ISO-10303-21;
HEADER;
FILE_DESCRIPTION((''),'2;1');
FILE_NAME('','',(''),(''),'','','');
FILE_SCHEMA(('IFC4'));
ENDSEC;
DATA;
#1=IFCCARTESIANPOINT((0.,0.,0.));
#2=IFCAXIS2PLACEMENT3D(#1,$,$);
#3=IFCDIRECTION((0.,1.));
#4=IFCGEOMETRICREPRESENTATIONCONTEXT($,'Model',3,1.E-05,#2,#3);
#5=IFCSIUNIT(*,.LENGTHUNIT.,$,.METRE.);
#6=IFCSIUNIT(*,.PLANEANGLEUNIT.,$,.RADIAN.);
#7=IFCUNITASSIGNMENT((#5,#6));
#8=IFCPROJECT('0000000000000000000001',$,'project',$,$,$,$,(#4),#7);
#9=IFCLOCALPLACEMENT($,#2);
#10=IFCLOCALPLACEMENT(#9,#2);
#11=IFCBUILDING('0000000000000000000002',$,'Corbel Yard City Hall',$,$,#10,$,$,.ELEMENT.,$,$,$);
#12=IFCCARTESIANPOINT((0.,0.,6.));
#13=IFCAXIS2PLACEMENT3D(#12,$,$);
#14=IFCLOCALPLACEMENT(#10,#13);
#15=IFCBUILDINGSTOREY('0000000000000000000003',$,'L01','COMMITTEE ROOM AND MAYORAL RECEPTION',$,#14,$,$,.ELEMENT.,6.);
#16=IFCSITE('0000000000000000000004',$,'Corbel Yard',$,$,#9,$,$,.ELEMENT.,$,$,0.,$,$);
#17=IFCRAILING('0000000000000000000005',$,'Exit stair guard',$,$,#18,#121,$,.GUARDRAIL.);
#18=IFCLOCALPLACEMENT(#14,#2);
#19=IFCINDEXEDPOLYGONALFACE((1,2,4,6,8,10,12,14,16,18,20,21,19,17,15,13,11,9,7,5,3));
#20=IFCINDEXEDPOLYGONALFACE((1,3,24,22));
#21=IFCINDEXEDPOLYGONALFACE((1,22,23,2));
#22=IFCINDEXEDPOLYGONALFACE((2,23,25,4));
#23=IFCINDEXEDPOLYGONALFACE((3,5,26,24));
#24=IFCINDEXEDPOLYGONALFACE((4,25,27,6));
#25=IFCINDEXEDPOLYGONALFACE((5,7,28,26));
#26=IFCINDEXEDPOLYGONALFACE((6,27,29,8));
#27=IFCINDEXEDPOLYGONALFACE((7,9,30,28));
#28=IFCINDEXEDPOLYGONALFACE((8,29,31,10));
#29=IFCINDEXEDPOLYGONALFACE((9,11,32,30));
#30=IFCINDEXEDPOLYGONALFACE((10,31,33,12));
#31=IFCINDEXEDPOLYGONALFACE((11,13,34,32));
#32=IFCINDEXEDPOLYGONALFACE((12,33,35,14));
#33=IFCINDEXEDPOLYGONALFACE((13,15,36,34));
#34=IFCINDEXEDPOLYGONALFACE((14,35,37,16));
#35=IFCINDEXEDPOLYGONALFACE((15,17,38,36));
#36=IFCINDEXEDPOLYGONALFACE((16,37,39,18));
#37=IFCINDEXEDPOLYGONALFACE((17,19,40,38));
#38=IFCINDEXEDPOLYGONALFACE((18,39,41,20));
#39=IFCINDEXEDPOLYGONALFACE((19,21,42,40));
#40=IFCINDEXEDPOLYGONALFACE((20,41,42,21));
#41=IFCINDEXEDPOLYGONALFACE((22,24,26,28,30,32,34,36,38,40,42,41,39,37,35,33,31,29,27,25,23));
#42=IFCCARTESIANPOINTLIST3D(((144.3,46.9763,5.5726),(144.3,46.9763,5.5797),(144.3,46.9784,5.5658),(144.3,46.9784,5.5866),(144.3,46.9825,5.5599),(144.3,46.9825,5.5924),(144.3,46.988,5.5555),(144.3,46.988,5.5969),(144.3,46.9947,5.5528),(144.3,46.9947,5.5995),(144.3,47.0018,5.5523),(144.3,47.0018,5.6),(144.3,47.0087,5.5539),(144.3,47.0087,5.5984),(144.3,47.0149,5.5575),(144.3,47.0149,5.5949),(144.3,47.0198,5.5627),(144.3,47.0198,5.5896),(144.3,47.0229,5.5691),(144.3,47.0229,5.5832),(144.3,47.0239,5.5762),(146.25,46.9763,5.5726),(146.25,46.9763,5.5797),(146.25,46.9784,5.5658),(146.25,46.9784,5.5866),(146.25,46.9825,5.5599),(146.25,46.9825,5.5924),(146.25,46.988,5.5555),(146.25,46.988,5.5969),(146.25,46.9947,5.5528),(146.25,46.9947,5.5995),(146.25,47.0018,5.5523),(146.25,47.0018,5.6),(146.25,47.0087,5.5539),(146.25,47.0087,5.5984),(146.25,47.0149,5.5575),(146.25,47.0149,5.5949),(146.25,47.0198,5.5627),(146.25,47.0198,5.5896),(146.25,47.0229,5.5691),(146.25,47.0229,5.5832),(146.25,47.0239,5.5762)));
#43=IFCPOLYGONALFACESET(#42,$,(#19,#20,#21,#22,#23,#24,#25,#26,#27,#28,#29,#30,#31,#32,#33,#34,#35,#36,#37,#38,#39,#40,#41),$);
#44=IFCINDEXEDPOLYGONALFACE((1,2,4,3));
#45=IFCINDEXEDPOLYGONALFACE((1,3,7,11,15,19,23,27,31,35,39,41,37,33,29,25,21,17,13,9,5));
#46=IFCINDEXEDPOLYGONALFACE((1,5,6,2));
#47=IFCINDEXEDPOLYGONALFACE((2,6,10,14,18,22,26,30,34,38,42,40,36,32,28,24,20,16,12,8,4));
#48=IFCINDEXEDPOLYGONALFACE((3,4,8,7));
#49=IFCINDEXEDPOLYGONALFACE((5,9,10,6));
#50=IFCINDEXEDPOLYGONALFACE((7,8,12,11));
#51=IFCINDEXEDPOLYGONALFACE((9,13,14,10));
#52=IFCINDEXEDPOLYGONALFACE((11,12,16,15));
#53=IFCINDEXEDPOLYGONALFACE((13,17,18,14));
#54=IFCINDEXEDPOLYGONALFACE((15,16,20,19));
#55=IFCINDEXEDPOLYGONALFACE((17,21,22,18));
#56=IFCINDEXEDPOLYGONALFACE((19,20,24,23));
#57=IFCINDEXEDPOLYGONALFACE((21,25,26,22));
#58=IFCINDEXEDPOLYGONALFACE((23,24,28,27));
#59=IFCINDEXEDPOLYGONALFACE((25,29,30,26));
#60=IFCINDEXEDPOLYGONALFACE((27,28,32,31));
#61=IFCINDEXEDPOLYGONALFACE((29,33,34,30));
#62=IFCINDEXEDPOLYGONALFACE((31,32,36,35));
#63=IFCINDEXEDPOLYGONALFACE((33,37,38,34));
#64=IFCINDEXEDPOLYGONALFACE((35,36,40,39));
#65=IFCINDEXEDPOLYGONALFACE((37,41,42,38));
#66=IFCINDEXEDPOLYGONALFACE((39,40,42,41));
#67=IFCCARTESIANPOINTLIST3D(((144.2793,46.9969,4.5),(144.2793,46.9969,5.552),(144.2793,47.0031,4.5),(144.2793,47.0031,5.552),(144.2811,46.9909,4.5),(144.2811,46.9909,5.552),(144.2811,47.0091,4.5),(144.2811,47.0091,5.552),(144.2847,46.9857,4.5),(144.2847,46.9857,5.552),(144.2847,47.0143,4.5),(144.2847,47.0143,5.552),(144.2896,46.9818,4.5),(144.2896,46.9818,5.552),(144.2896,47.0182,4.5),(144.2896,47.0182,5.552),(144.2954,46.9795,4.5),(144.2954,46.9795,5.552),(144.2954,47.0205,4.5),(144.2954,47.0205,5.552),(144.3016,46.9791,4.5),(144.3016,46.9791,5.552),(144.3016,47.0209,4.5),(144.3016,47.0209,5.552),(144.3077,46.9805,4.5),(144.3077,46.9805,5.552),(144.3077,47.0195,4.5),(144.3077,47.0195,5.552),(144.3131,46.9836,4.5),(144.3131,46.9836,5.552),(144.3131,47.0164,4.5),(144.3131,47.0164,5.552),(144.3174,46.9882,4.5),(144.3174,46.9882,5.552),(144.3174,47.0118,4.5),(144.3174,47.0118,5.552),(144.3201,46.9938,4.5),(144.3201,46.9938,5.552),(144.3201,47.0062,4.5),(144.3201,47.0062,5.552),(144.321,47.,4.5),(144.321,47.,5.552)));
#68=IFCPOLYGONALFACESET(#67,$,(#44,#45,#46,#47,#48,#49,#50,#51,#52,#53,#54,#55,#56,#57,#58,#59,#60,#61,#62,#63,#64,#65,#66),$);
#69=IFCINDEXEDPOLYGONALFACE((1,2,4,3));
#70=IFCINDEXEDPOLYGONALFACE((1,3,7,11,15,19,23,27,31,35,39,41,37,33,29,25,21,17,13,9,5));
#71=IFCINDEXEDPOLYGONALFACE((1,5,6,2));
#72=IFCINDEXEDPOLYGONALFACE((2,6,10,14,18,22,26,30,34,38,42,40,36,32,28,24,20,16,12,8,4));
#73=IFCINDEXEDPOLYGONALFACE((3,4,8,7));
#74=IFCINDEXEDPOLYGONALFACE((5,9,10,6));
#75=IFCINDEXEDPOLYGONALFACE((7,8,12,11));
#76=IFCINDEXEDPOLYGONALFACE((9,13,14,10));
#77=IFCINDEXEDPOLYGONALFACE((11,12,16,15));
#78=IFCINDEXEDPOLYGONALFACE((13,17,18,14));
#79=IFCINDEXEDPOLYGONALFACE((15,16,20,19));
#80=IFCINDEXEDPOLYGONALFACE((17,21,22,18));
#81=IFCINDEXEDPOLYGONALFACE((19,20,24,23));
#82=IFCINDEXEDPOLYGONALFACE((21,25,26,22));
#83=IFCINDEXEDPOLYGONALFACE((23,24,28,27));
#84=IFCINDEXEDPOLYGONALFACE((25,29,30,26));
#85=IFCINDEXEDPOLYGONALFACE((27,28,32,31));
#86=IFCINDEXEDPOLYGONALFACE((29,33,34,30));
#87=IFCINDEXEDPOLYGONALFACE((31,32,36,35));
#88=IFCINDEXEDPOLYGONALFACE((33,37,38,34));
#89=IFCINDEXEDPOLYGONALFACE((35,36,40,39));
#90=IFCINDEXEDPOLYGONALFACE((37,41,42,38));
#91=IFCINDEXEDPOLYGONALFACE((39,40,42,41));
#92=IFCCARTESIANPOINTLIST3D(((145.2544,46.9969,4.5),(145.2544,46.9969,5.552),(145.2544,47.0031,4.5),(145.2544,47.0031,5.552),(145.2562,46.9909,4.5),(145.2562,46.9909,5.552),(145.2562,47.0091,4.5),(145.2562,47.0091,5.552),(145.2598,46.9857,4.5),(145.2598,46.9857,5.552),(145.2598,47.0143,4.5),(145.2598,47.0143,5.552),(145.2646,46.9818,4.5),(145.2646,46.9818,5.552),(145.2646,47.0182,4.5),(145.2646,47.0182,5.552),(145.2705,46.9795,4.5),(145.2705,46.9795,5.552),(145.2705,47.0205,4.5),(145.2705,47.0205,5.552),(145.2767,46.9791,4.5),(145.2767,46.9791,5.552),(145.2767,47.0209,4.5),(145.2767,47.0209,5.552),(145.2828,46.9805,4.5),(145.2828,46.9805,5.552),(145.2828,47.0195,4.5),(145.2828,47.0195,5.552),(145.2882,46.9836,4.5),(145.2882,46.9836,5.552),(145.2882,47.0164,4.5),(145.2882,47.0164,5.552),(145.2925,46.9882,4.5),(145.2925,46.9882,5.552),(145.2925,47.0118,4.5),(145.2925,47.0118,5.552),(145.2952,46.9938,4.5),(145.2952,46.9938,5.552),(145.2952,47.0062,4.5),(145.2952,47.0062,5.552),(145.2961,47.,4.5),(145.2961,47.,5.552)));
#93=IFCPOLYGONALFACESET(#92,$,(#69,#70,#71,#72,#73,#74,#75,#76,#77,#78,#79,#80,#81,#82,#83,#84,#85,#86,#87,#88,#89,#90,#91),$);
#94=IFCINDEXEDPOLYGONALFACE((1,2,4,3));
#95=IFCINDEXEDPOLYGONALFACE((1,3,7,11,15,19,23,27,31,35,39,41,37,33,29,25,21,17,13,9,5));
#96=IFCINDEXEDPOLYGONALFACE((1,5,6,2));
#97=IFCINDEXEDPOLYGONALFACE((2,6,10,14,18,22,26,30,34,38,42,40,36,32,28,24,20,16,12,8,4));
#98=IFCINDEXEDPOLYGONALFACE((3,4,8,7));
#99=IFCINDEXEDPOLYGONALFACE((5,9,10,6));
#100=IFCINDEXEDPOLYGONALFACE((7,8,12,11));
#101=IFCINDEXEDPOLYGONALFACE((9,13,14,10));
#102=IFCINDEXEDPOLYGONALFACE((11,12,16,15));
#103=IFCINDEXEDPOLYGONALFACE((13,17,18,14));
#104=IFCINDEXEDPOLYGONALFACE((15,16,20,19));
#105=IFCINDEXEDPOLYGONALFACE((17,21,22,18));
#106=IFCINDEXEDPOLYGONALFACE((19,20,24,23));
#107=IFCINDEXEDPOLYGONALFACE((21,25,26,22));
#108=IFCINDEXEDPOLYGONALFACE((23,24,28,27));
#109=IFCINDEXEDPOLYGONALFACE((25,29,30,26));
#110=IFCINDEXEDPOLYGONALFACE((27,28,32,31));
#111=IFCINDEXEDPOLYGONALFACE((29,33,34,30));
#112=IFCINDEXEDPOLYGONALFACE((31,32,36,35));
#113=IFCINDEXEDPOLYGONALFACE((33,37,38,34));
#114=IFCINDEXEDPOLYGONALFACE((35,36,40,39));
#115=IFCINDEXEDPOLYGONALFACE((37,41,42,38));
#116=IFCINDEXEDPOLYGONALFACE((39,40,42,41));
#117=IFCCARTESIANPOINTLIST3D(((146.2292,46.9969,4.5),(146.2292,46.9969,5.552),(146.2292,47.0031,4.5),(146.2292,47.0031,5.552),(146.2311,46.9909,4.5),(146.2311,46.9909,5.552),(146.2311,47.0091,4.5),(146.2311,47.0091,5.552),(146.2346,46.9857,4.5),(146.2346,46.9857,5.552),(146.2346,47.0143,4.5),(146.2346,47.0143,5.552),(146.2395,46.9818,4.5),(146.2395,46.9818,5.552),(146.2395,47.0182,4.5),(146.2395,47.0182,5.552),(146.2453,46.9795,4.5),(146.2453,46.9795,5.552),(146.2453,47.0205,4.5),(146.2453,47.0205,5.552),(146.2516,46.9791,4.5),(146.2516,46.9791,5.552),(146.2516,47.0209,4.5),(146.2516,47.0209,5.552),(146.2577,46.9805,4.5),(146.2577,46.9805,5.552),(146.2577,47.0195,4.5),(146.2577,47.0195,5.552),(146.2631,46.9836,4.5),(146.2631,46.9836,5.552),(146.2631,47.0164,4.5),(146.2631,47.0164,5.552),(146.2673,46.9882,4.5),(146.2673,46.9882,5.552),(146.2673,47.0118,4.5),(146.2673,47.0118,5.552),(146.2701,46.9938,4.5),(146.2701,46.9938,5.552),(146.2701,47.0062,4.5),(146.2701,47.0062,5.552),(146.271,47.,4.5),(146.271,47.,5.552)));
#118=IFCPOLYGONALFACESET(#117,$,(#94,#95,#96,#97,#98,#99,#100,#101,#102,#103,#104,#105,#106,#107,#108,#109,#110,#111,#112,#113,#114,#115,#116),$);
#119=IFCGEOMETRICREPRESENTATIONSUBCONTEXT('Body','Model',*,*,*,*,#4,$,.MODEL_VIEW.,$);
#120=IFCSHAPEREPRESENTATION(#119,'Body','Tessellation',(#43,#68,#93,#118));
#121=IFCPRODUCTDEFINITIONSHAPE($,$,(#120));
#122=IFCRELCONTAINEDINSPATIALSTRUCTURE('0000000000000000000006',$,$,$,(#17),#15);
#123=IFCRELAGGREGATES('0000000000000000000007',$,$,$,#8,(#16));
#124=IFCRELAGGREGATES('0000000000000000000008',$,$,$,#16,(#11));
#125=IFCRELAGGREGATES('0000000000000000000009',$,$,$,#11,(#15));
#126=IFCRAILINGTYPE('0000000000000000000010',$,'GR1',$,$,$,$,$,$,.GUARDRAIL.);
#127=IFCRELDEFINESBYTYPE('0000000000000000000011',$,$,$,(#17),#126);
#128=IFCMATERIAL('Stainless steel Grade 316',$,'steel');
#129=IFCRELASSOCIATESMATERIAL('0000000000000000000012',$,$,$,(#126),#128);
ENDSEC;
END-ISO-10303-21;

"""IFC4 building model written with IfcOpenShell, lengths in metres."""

from ifc_helpers import new_model, si_unit, direction, frame, origin, origin_2d, place, context, subcontext, project, spatial, circle, extrude, material, type_object, element, save


model = new_model("IFC4")

# Units and contexts
model_context = context("Model", 3, precision=1e-05, world=origin(), true_north=direction((0.0, 1.0)))
body_context = subcontext(model_context, "Body", "Model", "MODEL_VIEW")
ifc_project = project(units=[si_unit("LENGTHUNIT", "METRE"), si_unit("PLANEANGLEUNIT", "RADIAN")], contexts=[model_context])

# Site, building, storey
site_placement = place(None, origin())
site = spatial("IfcSite", under=ifc_project, at=site_placement, Name="Corbel Yard", CompositionType="ELEMENT", RefElevation=0.0)
building_placement = place(site_placement, origin())
building = spatial("IfcBuilding", under=site, at=building_placement, Name="Corbel Yard City Hall", CompositionType="ELEMENT")
storey_placement = place(building_placement, frame((0.0, 0.0, 6.0)))
storey = spatial("IfcBuildingStorey", under=building, at=storey_placement, Name="L01", Description="COMMITTEE ROOM AND MAYORAL RECEPTION", CompositionType="ELEMENT", Elevation=6.0)

# Shared definitions
ifc_material_1 = material(Name="Stainless steel Grade 316", Category="steel")

# Railing
railing_type_1 = type_object("IfcRailingType", Name="GR1", PredefinedType="GUARDRAIL", material=ifc_material_1)
railing_placement = place(storey_placement, frame((144.3, 47.0, 4.5)))
element("IfcRailing", 1, at=railing_placement, inside=storey, type_object=railing_type_1, Name="Exit stair guard", PredefinedType="GUARDRAIL", context=body_context, shape_type="SweptSolid", body=[
    extrude(circle(Radius=0.0239, at=origin_2d()), frame((0.0, 0.0, 1.0762), z_axis=(1.0, 0.0, 0.0), x_axis=(0.0, 1.0, 0.0)), (0.0, 0.0, 1.0), 1.95),
    extrude(circle(Radius=0.021, at=origin_2d()), origin(), (0.0, 0.0, 1.0), 1.052),
    extrude(circle(Radius=0.021, at=origin_2d()), frame((0.9751, 0.0, 0.0)), (0.0, 0.0, 1.0), 1.052),
    extrude(circle(Radius=0.021, at=origin_2d()), frame((1.95, 0.0, 0.0)), (0.0, 0.0, 1.0), 1.052),
])

save(model, "model.ifc")
